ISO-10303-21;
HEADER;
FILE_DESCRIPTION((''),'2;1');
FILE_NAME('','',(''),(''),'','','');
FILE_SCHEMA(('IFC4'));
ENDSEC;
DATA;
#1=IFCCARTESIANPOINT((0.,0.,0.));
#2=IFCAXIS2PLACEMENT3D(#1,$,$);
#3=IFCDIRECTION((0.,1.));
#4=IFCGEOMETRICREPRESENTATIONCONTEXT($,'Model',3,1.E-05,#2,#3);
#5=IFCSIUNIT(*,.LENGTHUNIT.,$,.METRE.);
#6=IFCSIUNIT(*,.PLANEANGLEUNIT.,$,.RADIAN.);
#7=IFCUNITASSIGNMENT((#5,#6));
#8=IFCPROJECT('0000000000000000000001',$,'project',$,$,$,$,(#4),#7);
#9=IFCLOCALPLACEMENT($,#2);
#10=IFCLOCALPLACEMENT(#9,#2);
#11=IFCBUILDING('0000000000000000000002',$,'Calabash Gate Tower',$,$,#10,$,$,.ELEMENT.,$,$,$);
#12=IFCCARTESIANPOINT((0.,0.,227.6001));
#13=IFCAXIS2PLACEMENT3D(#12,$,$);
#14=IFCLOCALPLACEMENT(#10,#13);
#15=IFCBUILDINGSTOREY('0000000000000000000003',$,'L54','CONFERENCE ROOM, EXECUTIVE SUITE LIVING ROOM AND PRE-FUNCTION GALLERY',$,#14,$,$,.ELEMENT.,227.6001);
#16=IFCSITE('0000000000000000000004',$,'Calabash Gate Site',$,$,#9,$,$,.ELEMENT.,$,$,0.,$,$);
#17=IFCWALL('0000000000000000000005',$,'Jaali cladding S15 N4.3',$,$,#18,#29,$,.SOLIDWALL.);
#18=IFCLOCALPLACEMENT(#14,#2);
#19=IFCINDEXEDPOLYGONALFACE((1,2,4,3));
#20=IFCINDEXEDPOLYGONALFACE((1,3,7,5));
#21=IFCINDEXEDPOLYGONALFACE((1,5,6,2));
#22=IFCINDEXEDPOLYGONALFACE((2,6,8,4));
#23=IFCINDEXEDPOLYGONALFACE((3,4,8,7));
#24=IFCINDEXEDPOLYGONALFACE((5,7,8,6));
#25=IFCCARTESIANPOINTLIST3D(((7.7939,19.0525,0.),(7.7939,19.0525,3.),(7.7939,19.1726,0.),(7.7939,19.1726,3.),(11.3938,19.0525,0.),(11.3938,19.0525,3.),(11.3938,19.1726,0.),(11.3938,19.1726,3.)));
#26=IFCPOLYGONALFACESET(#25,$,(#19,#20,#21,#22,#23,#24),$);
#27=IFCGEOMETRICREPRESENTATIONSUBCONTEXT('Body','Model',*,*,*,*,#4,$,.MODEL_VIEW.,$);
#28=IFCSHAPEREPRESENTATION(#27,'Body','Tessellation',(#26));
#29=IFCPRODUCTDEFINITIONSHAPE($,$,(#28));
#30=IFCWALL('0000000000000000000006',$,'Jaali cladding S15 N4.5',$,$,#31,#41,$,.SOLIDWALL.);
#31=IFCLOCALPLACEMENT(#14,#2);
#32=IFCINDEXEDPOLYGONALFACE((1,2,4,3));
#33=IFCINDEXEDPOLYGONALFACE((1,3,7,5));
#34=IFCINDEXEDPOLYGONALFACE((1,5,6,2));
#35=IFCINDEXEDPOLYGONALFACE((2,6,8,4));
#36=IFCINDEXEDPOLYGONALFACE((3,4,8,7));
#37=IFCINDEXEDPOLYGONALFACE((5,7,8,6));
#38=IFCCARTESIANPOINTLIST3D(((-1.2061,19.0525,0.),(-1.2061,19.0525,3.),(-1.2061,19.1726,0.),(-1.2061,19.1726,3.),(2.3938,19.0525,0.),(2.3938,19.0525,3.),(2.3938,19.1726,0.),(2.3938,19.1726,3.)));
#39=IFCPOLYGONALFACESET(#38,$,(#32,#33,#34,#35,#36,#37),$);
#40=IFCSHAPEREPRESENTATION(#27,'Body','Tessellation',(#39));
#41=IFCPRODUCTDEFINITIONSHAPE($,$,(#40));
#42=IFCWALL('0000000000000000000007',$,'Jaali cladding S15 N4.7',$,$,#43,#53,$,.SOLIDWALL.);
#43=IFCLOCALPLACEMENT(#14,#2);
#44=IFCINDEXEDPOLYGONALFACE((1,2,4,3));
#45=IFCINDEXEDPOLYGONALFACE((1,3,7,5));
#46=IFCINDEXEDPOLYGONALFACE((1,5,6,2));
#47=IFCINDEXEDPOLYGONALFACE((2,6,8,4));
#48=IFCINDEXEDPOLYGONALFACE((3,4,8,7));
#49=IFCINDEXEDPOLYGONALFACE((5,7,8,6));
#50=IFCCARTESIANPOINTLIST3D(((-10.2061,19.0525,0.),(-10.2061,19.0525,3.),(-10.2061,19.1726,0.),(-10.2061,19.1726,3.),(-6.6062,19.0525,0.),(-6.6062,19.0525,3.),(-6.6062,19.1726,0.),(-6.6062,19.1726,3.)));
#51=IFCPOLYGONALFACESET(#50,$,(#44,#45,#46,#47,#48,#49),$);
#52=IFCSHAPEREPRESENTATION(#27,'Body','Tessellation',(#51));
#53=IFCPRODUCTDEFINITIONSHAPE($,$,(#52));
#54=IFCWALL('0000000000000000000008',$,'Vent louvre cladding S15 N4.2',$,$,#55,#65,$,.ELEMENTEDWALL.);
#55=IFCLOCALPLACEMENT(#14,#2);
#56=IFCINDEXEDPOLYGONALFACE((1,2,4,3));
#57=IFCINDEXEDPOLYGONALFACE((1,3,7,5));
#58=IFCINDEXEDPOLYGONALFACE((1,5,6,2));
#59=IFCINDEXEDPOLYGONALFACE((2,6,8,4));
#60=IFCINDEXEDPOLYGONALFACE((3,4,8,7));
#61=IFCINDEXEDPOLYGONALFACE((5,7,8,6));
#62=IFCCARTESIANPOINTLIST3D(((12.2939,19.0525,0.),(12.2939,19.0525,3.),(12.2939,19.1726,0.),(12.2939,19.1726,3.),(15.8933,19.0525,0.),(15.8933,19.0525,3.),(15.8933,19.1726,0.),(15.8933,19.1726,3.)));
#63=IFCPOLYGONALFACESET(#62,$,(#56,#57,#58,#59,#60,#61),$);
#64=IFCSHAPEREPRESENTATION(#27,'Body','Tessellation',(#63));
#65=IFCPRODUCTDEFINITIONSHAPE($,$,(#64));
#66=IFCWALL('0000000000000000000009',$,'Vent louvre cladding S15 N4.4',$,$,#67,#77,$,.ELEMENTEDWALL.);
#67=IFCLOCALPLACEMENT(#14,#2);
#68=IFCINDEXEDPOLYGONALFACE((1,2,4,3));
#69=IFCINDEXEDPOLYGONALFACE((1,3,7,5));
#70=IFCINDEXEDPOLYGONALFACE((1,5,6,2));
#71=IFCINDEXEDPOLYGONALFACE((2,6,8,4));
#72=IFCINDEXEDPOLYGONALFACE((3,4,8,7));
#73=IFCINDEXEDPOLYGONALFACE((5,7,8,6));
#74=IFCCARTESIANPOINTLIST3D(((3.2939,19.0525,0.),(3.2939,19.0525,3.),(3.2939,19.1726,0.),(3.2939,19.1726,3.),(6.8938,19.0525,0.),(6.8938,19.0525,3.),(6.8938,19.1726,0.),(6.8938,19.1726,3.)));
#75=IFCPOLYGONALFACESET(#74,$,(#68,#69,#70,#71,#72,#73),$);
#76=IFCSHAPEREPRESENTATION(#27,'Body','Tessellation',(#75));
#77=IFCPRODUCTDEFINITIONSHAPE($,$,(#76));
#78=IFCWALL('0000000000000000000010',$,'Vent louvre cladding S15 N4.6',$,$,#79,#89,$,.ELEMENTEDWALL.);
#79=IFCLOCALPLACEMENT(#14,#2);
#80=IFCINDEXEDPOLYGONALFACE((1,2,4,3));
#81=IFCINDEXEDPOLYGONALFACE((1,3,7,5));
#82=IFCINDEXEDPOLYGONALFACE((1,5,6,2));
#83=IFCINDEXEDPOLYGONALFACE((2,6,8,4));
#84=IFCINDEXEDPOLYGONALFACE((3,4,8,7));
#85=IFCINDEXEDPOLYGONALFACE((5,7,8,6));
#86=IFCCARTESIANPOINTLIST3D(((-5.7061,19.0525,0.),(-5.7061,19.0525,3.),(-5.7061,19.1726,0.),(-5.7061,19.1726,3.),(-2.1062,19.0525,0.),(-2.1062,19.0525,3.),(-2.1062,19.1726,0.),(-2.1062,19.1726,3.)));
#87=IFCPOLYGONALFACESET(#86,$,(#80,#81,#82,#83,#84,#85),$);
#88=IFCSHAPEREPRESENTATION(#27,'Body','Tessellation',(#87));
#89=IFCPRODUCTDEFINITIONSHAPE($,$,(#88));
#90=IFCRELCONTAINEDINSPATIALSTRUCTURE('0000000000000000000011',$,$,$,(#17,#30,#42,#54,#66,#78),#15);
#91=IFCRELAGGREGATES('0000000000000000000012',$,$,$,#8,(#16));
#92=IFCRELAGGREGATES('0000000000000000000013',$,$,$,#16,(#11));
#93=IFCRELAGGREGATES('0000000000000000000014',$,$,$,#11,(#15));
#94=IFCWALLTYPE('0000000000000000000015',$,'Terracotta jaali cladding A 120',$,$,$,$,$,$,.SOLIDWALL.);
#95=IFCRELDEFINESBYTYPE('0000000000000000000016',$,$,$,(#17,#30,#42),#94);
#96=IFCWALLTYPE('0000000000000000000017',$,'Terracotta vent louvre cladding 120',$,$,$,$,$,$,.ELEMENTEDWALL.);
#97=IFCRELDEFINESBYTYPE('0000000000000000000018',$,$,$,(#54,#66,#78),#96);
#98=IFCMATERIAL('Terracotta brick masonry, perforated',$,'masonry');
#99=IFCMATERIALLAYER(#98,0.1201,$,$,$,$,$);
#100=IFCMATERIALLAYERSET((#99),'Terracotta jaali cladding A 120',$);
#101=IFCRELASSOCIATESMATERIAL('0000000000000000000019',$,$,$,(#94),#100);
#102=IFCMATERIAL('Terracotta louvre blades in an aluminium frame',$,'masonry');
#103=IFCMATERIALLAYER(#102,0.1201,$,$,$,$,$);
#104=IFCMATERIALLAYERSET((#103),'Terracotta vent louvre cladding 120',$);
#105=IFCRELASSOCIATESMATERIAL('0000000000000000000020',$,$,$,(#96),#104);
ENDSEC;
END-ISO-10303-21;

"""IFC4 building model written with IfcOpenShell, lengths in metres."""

from ifc_helpers import new_model, si_unit, direction, frame, origin, place, context, subcontext, project, spatial, polyline, outline, extrude, material, layer, layer_set, type_object, element, save


model = new_model("IFC4")

# Units and contexts
model_context = context("Model", 3, precision=1e-05, world=origin(), true_north=direction((0.0, 1.0)))
body_context = subcontext(model_context, "Body", "Model", "MODEL_VIEW")
ifc_project = project(units=[si_unit("LENGTHUNIT", "METRE"), si_unit("PLANEANGLEUNIT", "RADIAN")], contexts=[model_context])

# Site, building, storey
site_placement = place(None, origin())
site = spatial("IfcSite", under=ifc_project, at=site_placement, Name="Calabash Gate Site", CompositionType="ELEMENT", RefElevation=0.0)
building_placement = place(site_placement, origin())
building = spatial("IfcBuilding", under=site, at=building_placement, Name="Calabash Gate Tower", CompositionType="ELEMENT")
storey_placement = place(building_placement, frame((0.0, 0.0, 227.6001)))
storey = spatial("IfcBuildingStorey", under=building, at=storey_placement, Name="L54", Description="CONFERENCE ROOM, EXECUTIVE SUITE LIVING ROOM AND PRE-FUNCTION GALLERY", CompositionType="ELEMENT", Elevation=227.6001)

# Walls
ifc_material_1 = material(Name="Terracotta brick masonry, perforated", Category="masonry")
ifc_layer_1 = layer(ifc_material_1, 0.1201)
ifc_layer_set_1 = layer_set([ifc_layer_1], Name="Terracotta jaali cladding A 120")
wall_type_1 = type_object("IfcWallType", Name="Terracotta jaali cladding A 120", PredefinedType="SOLIDWALL", material=ifc_layer_set_1)
wall_1_placement = place(storey_placement, origin())
element("IfcWall", 1, at=wall_1_placement, inside=storey, type_object=wall_type_1, Name="Jaali cladding S15 N4.3", PredefinedType="SOLIDWALL", context=body_context, shape_type="SweptSolid", body=[
    extrude(outline(polyline([(7.7939, 19.1726), (7.7939, 19.0525), (11.3938, 19.0525), (11.3938, 19.1726), (7.7939, 19.1726)])), origin(), (0.0, 0.0, 1.0), 3.0),
])
wall_2_placement = place(storey_placement, origin())
element("IfcWall", 2, at=wall_2_placement, inside=storey, type_object=wall_type_1, Name="Jaali cladding S15 N4.5", PredefinedType="SOLIDWALL", context=body_context, shape_type="SweptSolid", body=[
    extrude(outline(polyline([(-1.2061, 19.1726), (-1.2061, 19.0525), (2.3938, 19.0525), (2.3938, 19.1726), (-1.2061, 19.1726)])), origin(), (0.0, 0.0, 1.0), 3.0),
])
wall_3_placement = place(storey_placement, origin())
element("IfcWall", 3, at=wall_3_placement, inside=storey, type_object=wall_type_1, Name="Jaali cladding S15 N4.7", PredefinedType="SOLIDWALL", context=body_context, shape_type="SweptSolid", body=[
    extrude(outline(polyline([(-10.2061, 19.1726), (-10.2061, 19.0525), (-6.6062, 19.0525), (-6.6062, 19.1726), (-10.2061, 19.1726)])), origin(), (0.0, 0.0, 1.0), 3.0),
])
ifc_material_2 = material(Name="Terracotta louvre blades in an aluminium frame", Category="masonry")
ifc_layer_2 = layer(ifc_material_2, 0.1201)
ifc_layer_set_2 = layer_set([ifc_layer_2], Name="Terracotta vent louvre cladding 120")
wall_type_2 = type_object("IfcWallType", Name="Terracotta vent louvre cladding 120", PredefinedType="ELEMENTEDWALL", material=ifc_layer_set_2)
wall_4_placement = place(storey_placement, origin())
element("IfcWall", 4, at=wall_4_placement, inside=storey, type_object=wall_type_2, Name="Vent louvre cladding S15 N4.2", PredefinedType="ELEMENTEDWALL", context=body_context, shape_type="SweptSolid", body=[
    extrude(outline(polyline([(12.2939, 19.1726), (12.2939, 19.0525), (15.8933, 19.0525), (15.8933, 19.1726), (12.2939, 19.1726)])), origin(), (0.0, 0.0, 1.0), 3.0),
])
wall_5_placement = place(storey_placement, origin())
element("IfcWall", 5, at=wall_5_placement, inside=storey, type_object=wall_type_2, Name="Vent louvre cladding S15 N4.4", PredefinedType="ELEMENTEDWALL", context=body_context, shape_type="SweptSolid", body=[
    extrude(outline(polyline([(3.2939, 19.1726), (3.2939, 19.0525), (6.8938, 19.0525), (6.8938, 19.1726), (3.2939, 19.1726)])), origin(), (0.0, 0.0, 1.0), 3.0),
])
wall_6_placement = place(storey_placement, origin())
element("IfcWall", 6, at=wall_6_placement, inside=storey, type_object=wall_type_2, Name="Vent louvre cladding S15 N4.6", PredefinedType="ELEMENTEDWALL", context=body_context, shape_type="SweptSolid", body=[
    extrude(outline(polyline([(-5.7061, 19.1726), (-5.7061, 19.0525), (-2.1062, 19.0525), (-2.1062, 19.1726), (-5.7061, 19.1726)])), origin(), (0.0, 0.0, 1.0), 3.0),
])

save(model, "model.ifc")
